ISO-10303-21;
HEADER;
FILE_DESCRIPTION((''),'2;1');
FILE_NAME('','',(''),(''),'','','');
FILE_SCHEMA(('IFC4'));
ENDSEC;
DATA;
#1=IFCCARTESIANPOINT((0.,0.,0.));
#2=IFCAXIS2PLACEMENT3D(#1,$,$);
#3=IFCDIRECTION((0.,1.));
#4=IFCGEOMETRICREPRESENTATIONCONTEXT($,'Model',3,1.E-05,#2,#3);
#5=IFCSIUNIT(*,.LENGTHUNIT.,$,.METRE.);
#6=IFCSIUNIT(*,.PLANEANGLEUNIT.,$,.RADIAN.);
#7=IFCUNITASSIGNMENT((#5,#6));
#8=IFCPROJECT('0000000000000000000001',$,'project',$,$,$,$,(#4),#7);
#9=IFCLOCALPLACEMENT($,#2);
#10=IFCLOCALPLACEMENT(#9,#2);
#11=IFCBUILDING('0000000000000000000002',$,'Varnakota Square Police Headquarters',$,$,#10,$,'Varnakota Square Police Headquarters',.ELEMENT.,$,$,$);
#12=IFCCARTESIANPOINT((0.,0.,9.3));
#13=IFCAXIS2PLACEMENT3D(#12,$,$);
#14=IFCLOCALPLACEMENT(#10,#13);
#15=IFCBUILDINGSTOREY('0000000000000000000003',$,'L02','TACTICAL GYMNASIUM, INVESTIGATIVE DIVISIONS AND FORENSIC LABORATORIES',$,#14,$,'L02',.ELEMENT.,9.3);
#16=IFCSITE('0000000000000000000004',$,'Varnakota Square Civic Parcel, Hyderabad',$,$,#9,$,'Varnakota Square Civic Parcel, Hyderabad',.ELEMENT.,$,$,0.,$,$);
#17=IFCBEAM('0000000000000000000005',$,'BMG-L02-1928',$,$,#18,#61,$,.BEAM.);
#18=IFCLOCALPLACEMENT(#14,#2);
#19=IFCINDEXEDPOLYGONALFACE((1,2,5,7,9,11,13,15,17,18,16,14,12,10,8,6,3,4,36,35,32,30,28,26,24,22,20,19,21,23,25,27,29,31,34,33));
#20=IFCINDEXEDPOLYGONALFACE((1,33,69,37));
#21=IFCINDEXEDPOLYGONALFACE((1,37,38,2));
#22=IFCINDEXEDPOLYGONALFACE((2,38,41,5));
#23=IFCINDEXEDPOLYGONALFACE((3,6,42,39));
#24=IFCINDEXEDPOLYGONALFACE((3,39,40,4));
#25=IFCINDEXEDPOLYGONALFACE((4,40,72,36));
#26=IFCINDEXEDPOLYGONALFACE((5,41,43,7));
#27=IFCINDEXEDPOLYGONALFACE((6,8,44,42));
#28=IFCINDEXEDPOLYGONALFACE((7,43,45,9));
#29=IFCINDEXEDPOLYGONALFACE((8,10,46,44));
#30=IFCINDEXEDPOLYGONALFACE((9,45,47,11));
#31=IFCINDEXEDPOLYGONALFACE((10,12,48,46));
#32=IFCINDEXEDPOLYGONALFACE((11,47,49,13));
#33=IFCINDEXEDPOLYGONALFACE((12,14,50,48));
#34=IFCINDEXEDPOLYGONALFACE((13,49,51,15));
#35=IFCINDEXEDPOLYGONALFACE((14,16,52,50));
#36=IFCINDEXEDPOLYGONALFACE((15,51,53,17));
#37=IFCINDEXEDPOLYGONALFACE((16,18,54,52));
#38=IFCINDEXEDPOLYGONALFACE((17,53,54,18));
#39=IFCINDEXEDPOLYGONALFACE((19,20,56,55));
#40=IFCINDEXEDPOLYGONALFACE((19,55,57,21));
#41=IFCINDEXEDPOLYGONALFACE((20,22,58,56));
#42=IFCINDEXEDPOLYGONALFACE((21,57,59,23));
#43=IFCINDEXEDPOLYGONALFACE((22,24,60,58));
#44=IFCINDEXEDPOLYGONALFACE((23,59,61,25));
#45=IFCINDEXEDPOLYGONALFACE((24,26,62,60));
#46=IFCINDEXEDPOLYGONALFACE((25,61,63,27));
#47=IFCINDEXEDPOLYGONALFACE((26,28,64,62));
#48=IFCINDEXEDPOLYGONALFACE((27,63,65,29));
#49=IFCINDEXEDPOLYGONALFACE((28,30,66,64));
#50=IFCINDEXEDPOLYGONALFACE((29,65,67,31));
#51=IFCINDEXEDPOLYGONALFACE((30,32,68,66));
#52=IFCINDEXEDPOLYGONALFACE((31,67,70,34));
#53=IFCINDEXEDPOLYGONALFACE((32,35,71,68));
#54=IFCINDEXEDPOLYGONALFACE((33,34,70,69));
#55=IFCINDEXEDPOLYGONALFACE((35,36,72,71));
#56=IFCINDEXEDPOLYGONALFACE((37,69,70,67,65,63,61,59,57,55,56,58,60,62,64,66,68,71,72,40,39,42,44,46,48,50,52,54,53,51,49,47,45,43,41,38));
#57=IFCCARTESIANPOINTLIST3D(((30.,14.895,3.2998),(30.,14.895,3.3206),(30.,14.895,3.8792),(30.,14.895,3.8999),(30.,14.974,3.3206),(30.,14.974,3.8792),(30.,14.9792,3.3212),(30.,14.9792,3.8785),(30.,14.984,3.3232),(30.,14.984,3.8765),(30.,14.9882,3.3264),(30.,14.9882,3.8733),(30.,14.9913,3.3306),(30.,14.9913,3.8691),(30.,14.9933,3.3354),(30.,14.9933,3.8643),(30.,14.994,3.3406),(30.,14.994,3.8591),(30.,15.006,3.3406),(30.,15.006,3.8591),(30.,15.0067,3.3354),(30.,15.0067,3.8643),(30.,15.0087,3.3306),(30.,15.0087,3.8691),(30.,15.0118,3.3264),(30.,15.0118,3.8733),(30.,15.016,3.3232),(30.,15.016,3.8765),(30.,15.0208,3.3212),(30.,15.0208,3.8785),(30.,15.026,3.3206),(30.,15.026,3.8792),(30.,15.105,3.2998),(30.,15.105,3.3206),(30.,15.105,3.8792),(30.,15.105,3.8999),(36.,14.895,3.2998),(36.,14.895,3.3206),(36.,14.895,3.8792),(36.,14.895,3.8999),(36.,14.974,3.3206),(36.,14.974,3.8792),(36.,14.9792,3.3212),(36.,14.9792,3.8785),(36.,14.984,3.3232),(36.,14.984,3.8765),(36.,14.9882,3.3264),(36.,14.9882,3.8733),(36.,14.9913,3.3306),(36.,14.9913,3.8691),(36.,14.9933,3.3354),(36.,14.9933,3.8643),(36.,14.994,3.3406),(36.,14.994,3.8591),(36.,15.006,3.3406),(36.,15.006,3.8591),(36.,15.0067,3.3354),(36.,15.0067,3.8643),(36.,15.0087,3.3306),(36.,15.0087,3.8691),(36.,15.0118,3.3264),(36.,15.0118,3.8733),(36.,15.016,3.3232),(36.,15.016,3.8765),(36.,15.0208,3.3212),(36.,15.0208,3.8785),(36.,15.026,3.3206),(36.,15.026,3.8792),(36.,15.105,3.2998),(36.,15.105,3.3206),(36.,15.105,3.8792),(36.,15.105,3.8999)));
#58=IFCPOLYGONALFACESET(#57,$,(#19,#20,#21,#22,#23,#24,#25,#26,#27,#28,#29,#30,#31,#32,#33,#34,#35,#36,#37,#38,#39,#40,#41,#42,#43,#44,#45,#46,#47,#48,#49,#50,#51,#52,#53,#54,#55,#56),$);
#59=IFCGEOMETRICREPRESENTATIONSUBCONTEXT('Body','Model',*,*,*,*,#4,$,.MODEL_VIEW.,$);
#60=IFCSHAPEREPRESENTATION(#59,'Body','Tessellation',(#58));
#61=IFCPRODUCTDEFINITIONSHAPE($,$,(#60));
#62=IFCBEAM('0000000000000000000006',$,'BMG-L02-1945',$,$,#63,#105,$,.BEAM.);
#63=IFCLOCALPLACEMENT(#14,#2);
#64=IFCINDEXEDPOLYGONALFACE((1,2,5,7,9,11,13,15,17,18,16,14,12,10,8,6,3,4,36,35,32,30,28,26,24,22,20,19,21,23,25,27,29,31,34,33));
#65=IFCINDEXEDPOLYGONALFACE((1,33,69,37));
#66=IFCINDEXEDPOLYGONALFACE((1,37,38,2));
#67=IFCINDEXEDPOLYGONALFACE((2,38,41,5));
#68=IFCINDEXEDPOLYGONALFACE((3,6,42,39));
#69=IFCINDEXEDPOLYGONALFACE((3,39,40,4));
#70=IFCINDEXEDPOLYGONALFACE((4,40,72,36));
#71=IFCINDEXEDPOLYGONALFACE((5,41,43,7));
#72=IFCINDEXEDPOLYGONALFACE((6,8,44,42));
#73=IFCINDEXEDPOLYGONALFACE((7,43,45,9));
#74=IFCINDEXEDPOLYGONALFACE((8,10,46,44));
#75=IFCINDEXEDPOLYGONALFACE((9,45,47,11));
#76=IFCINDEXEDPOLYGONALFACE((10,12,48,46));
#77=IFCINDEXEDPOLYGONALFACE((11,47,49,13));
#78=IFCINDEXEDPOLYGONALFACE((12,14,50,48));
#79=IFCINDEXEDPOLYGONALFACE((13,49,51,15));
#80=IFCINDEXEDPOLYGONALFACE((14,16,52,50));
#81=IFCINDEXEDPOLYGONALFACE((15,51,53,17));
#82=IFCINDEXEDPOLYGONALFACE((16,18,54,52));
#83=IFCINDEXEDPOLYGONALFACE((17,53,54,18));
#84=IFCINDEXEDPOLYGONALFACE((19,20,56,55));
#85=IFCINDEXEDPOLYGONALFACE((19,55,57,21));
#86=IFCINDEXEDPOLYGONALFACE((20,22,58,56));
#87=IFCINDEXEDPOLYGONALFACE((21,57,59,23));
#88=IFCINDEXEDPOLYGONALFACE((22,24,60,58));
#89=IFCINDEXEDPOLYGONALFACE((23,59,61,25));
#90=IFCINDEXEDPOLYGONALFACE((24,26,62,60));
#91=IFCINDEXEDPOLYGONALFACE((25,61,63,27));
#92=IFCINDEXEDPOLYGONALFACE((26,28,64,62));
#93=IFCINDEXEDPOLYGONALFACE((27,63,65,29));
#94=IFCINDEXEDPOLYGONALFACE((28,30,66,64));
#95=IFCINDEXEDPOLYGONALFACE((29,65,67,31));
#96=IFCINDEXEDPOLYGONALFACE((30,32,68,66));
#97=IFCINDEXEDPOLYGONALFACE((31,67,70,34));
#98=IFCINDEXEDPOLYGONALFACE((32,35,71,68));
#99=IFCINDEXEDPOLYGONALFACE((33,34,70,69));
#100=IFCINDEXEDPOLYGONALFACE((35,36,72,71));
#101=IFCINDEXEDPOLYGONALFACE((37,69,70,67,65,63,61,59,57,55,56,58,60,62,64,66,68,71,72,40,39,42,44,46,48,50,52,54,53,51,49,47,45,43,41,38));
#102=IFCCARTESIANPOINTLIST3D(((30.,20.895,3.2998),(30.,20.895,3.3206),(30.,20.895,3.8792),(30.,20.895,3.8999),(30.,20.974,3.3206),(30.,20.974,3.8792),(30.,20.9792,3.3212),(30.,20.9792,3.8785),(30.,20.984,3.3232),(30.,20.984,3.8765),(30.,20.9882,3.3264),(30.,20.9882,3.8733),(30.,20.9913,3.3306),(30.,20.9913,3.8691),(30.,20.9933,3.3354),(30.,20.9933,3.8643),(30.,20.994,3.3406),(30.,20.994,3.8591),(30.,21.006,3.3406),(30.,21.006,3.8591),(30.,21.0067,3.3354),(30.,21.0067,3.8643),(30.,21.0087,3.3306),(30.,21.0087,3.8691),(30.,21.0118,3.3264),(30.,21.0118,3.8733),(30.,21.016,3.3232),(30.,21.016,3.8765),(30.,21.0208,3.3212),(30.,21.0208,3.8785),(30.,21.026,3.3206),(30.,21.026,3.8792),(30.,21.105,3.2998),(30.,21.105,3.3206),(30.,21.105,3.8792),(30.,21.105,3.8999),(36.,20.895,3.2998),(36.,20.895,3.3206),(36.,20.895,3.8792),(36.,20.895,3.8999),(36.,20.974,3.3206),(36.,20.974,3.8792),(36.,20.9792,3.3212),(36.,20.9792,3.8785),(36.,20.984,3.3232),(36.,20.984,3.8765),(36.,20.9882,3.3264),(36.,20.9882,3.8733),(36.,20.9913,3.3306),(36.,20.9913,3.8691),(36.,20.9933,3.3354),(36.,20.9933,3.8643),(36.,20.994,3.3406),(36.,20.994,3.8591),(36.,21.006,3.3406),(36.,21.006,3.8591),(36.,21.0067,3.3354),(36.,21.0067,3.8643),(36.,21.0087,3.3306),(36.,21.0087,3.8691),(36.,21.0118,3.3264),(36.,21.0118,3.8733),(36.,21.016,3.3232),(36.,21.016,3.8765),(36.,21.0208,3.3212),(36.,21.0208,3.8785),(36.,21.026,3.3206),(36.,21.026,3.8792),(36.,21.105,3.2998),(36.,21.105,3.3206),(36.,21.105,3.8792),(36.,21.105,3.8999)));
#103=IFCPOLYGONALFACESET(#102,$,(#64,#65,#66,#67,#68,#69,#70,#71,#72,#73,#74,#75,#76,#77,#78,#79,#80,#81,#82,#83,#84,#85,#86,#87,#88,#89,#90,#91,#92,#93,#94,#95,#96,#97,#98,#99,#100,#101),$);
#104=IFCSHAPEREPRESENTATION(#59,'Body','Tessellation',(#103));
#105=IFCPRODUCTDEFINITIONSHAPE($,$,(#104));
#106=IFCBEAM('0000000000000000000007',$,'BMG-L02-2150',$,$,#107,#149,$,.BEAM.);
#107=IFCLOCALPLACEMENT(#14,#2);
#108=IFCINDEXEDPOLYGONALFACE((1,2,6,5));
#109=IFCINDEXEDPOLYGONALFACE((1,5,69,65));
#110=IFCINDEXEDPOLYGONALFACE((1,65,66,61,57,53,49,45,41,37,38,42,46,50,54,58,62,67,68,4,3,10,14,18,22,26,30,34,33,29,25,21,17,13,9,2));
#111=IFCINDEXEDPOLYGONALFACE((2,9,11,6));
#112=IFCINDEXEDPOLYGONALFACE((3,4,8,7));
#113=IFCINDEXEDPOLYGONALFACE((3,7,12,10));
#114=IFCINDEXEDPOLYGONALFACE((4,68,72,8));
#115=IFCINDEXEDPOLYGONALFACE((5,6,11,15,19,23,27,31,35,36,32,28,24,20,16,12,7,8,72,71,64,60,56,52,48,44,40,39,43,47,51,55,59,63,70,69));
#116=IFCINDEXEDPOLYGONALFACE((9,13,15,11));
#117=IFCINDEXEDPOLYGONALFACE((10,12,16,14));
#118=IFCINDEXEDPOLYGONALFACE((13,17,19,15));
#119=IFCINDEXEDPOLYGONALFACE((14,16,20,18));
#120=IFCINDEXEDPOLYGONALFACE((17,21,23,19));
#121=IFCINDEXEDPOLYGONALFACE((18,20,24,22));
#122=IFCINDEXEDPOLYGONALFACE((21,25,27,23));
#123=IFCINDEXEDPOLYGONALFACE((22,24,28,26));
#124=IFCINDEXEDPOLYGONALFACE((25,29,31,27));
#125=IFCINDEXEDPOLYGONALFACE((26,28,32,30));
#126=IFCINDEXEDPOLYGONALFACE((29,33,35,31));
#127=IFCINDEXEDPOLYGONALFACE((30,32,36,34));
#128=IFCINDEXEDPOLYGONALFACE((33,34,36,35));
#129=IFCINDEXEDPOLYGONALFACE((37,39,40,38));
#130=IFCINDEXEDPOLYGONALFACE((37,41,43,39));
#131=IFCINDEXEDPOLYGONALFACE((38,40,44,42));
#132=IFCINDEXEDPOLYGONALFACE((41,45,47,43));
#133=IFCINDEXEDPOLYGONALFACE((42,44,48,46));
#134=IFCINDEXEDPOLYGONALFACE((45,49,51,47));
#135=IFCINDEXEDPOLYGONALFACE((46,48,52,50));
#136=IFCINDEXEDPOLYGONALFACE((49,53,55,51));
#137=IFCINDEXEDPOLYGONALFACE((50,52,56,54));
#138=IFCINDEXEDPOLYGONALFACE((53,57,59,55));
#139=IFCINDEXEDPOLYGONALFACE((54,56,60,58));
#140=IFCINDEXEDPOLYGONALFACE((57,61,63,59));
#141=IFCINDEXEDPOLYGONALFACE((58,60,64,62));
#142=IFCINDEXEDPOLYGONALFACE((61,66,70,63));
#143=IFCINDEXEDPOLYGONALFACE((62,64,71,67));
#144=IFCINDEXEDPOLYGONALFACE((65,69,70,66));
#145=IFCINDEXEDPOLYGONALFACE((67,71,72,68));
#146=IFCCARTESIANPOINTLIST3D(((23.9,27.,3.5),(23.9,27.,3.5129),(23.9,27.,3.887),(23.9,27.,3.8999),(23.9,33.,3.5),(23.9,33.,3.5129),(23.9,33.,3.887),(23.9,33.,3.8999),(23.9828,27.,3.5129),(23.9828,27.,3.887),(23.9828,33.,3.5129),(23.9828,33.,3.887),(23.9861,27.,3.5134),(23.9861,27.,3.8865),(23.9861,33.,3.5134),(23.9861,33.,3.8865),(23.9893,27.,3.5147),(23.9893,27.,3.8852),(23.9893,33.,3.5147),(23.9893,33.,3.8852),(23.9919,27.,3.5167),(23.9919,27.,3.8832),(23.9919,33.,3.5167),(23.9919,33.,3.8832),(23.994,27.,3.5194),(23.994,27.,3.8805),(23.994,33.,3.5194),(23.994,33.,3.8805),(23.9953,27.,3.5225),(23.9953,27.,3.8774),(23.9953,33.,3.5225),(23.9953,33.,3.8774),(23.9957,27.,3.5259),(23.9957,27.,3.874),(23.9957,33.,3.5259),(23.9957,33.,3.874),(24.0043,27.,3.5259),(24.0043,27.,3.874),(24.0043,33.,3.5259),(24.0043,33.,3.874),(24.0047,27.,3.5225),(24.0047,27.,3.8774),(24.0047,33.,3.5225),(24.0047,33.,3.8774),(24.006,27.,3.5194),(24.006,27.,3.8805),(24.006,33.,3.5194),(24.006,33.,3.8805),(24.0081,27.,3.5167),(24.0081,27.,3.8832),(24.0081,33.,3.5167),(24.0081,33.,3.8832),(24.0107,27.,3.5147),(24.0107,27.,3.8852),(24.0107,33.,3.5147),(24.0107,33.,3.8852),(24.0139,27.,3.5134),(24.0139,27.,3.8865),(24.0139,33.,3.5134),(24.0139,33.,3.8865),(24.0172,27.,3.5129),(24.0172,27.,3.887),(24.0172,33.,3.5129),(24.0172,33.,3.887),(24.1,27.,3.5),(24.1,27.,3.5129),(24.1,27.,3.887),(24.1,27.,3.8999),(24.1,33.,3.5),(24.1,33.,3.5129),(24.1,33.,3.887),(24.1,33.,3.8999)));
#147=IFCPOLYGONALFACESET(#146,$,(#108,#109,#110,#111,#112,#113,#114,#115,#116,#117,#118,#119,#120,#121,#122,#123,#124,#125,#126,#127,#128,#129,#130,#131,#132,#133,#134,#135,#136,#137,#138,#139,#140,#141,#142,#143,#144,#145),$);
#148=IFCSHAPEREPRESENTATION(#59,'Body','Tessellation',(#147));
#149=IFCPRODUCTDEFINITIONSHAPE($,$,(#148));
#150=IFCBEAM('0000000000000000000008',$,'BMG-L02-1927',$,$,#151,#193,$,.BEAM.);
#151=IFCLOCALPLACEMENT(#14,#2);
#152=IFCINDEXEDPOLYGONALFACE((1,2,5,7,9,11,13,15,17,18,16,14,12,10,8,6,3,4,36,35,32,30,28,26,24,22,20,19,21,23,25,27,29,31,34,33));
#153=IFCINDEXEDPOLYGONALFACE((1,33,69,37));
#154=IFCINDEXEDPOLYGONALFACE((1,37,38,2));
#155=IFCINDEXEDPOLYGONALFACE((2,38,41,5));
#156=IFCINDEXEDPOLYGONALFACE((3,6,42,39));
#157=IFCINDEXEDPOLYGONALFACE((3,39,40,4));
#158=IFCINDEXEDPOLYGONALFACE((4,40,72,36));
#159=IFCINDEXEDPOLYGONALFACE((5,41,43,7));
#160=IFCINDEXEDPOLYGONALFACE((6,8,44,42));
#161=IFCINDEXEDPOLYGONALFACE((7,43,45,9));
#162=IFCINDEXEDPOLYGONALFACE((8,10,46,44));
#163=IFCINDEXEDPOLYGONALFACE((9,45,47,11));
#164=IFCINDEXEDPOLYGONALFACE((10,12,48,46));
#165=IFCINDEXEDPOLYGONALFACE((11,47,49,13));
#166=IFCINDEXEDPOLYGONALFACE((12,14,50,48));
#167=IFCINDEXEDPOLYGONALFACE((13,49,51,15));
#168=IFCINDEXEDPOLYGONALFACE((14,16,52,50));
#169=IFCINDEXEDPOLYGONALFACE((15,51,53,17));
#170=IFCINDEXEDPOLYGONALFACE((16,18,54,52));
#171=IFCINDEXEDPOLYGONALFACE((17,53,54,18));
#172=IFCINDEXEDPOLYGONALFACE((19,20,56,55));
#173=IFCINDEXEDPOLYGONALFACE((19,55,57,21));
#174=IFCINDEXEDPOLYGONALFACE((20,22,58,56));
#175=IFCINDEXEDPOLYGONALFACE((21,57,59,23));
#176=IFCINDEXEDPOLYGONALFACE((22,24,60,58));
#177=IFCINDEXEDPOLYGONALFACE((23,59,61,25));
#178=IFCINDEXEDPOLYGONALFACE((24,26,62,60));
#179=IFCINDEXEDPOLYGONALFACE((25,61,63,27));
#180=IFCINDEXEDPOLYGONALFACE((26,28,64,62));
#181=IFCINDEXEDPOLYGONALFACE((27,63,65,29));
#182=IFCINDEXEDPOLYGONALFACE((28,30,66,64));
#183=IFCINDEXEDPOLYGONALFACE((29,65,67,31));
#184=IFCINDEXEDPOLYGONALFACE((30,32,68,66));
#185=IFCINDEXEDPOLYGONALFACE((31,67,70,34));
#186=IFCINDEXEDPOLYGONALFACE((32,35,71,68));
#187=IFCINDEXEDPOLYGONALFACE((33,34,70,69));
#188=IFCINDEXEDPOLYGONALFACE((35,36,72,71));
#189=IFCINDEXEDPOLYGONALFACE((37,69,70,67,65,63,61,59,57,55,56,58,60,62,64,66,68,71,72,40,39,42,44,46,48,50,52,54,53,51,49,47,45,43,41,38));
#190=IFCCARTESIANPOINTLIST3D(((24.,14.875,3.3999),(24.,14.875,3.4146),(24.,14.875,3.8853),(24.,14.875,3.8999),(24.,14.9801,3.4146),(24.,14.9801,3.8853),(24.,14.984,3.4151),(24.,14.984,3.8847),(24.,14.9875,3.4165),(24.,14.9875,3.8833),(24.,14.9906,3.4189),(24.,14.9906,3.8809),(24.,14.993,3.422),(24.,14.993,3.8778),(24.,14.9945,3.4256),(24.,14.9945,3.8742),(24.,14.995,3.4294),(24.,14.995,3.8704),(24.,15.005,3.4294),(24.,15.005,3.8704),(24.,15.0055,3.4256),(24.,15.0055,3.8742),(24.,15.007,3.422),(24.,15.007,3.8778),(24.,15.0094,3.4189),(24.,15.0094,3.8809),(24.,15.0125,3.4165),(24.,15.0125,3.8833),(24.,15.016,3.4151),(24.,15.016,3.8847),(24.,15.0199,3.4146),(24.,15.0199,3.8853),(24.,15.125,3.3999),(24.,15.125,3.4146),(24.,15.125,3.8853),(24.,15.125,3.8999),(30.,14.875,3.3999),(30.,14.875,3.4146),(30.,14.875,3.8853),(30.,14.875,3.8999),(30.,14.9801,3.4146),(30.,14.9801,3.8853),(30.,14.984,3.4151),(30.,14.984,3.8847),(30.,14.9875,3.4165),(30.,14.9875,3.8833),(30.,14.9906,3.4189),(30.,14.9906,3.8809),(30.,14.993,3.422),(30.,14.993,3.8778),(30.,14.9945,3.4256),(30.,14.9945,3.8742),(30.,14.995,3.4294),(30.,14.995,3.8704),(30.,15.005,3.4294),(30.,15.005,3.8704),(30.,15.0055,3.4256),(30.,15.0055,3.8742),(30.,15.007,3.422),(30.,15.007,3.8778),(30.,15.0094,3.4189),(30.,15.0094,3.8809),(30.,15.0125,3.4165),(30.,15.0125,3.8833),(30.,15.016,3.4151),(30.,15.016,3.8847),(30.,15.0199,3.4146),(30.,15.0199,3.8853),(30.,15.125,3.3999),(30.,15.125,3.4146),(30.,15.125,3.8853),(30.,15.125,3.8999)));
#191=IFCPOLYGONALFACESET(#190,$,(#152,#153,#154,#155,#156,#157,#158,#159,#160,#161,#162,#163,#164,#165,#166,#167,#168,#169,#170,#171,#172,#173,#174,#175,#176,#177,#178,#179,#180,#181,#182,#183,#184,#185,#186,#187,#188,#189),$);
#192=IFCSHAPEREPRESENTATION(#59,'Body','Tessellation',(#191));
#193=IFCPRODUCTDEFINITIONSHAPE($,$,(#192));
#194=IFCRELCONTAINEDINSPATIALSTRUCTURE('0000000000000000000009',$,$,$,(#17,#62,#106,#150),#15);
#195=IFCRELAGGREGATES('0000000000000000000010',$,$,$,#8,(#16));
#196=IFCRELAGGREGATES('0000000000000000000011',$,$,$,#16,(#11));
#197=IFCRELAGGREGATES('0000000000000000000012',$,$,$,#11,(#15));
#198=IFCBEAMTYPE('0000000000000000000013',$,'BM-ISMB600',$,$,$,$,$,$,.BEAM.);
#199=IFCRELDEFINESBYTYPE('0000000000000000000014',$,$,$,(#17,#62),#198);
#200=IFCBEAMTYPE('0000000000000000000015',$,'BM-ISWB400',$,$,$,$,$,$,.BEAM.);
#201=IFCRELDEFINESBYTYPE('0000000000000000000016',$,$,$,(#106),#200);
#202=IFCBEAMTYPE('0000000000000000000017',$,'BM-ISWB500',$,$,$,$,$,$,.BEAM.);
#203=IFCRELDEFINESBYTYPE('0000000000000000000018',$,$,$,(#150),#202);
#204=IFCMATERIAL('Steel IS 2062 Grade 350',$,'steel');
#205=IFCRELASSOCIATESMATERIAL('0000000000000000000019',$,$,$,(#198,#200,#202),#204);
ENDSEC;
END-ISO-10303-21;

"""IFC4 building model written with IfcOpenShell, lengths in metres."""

from ifc_helpers import new_model, si_unit, direction, frame, origin, origin_2d, place, context, subcontext, project, spatial, i_section, extrude, material, material_profile, profile_set, type_object, element, save


model = new_model("IFC4")

# Units and contexts
model_context = context("Model", 3, precision=1e-05, world=origin(), true_north=direction((0.0, 1.0)))
body_context = subcontext(model_context, "Body", "Model", "MODEL_VIEW")
ifc_project = project(units=[si_unit("LENGTHUNIT", "METRE"), si_unit("PLANEANGLEUNIT", "RADIAN")], contexts=[model_context])

# Site, building, storey
site_placement = place(None, origin())
site = spatial("IfcSite", under=ifc_project, at=site_placement, Name="Varnakota Square Civic Parcel, Hyderabad", LongName="Varnakota Square Civic Parcel, Hyderabad", CompositionType="ELEMENT", RefElevation=0.0)
building_placement = place(site_placement, origin())
building = spatial("IfcBuilding", under=site, at=building_placement, Name="Varnakota Square Police Headquarters", LongName="Varnakota Square Police Headquarters", CompositionType="ELEMENT")
storey_placement = place(building_placement, frame((0.0, 0.0, 9.3)))
storey = spatial("IfcBuildingStorey", under=building, at=storey_placement, Name="L02", Description="TACTICAL GYMNASIUM, INVESTIGATIVE DIVISIONS AND FORENSIC LABORATORIES", LongName="L02", CompositionType="ELEMENT", Elevation=9.3)

# Shared definitions
ifc_material = material(Name="Steel IS 2062 Grade 350", Category="steel")

# Beams
ifc_material_profile_1 = material_profile(ifc_material, i_section(OverallWidth=0.21, OverallDepth=0.6001, WebThickness=0.012, FlangeThickness=0.0208, FilletRadius=0.02, at=origin_2d()), Name="ISMB 600")
ifc_profile_set_1 = profile_set([ifc_material_profile_1], Name="Steel IS 2062 Grade 350")
beam_type_1 = type_object("IfcBeamType", Name="BM-ISMB600", PredefinedType="BEAM", material=ifc_profile_set_1)
for number, where, z_axis, x_axis, name in (
    (1, (30.0, 15.0, 3.5999), (1.0, 0.0, 0.0), (0.0, 1.0, 0.0), "BMG-L02-1928"),
    (2, (30.0, 21.0, 3.5999), (1.0, 0.0, 0.0), (0.0, 1.0, 0.0), "BMG-L02-1945"),
):
    element("IfcBeam", number, at=place(storey_placement, frame(where, z_axis=z_axis, x_axis=x_axis)), inside=storey, type_object=beam_type_1, Name=name, PredefinedType="BEAM", context=body_context, shape_type="SweptSolid", body=[
        extrude(i_section(OverallWidth=0.21, OverallDepth=0.6001, WebThickness=0.012, FlangeThickness=0.0208, FilletRadius=0.02, at=origin_2d()), origin(), (0.0, 0.0, 1.0), 6.0),
    ])
ifc_material_profile_2 = material_profile(ifc_material, i_section(OverallWidth=0.2, OverallDepth=0.3999, WebThickness=0.0085, FlangeThickness=0.0129, FilletRadius=0.0129, at=origin_2d()), Name="ISWB 400")
ifc_profile_set_2 = profile_set([ifc_material_profile_2], Name="Steel IS 2062 Grade 350")
beam_type_2 = type_object("IfcBeamType", Name="BM-ISWB400", PredefinedType="BEAM", material=ifc_profile_set_2)
beam_1_placement = place(storey_placement, frame((24.0, 27.0, 3.7), z_axis=(0.0, 1.0, 0.0), x_axis=(-1.0, 0.0, 0.0)))
element("IfcBeam", 3, at=beam_1_placement, inside=storey, type_object=beam_type_2, Name="BMG-L02-2150", PredefinedType="BEAM", context=body_context, shape_type="SweptSolid", body=[
    extrude(i_section(OverallWidth=0.2, OverallDepth=0.3999, WebThickness=0.0085, FlangeThickness=0.0129, FilletRadius=0.0129, at=origin_2d()), origin(), (0.0, 0.0, 1.0), 6.0),
])
ifc_material_profile_3 = material_profile(ifc_material, i_section(OverallWidth=0.25, OverallDepth=0.5, WebThickness=0.01, FlangeThickness=0.0146, FilletRadius=0.0149, at=origin_2d()), Name="ISWB 500")
ifc_profile_set_3 = profile_set([ifc_material_profile_3], Name="Steel IS 2062 Grade 350")
beam_type_3 = type_object("IfcBeamType", Name="BM-ISWB500", PredefinedType="BEAM", material=ifc_profile_set_3)
for number, where, z_axis, x_axis, name in (
    (4, (24.0, 15.0, 3.6499), (1.0, 0.0, 0.0), (0.0, 1.0, 0.0), "BMG-L02-1927"),
):
    element("IfcBeam", number, at=place(storey_placement, frame(where, z_axis=z_axis, x_axis=x_axis)), inside=storey, type_object=beam_type_3, Name=name, PredefinedType="BEAM", context=body_context, shape_type="SweptSolid", body=[
        extrude(i_section(OverallWidth=0.25, OverallDepth=0.5, WebThickness=0.01, FlangeThickness=0.0146, FilletRadius=0.0149, at=origin_2d()), origin(), (0.0, 0.0, 1.0), 6.0),
    ])

save(model, "model.ifc")
